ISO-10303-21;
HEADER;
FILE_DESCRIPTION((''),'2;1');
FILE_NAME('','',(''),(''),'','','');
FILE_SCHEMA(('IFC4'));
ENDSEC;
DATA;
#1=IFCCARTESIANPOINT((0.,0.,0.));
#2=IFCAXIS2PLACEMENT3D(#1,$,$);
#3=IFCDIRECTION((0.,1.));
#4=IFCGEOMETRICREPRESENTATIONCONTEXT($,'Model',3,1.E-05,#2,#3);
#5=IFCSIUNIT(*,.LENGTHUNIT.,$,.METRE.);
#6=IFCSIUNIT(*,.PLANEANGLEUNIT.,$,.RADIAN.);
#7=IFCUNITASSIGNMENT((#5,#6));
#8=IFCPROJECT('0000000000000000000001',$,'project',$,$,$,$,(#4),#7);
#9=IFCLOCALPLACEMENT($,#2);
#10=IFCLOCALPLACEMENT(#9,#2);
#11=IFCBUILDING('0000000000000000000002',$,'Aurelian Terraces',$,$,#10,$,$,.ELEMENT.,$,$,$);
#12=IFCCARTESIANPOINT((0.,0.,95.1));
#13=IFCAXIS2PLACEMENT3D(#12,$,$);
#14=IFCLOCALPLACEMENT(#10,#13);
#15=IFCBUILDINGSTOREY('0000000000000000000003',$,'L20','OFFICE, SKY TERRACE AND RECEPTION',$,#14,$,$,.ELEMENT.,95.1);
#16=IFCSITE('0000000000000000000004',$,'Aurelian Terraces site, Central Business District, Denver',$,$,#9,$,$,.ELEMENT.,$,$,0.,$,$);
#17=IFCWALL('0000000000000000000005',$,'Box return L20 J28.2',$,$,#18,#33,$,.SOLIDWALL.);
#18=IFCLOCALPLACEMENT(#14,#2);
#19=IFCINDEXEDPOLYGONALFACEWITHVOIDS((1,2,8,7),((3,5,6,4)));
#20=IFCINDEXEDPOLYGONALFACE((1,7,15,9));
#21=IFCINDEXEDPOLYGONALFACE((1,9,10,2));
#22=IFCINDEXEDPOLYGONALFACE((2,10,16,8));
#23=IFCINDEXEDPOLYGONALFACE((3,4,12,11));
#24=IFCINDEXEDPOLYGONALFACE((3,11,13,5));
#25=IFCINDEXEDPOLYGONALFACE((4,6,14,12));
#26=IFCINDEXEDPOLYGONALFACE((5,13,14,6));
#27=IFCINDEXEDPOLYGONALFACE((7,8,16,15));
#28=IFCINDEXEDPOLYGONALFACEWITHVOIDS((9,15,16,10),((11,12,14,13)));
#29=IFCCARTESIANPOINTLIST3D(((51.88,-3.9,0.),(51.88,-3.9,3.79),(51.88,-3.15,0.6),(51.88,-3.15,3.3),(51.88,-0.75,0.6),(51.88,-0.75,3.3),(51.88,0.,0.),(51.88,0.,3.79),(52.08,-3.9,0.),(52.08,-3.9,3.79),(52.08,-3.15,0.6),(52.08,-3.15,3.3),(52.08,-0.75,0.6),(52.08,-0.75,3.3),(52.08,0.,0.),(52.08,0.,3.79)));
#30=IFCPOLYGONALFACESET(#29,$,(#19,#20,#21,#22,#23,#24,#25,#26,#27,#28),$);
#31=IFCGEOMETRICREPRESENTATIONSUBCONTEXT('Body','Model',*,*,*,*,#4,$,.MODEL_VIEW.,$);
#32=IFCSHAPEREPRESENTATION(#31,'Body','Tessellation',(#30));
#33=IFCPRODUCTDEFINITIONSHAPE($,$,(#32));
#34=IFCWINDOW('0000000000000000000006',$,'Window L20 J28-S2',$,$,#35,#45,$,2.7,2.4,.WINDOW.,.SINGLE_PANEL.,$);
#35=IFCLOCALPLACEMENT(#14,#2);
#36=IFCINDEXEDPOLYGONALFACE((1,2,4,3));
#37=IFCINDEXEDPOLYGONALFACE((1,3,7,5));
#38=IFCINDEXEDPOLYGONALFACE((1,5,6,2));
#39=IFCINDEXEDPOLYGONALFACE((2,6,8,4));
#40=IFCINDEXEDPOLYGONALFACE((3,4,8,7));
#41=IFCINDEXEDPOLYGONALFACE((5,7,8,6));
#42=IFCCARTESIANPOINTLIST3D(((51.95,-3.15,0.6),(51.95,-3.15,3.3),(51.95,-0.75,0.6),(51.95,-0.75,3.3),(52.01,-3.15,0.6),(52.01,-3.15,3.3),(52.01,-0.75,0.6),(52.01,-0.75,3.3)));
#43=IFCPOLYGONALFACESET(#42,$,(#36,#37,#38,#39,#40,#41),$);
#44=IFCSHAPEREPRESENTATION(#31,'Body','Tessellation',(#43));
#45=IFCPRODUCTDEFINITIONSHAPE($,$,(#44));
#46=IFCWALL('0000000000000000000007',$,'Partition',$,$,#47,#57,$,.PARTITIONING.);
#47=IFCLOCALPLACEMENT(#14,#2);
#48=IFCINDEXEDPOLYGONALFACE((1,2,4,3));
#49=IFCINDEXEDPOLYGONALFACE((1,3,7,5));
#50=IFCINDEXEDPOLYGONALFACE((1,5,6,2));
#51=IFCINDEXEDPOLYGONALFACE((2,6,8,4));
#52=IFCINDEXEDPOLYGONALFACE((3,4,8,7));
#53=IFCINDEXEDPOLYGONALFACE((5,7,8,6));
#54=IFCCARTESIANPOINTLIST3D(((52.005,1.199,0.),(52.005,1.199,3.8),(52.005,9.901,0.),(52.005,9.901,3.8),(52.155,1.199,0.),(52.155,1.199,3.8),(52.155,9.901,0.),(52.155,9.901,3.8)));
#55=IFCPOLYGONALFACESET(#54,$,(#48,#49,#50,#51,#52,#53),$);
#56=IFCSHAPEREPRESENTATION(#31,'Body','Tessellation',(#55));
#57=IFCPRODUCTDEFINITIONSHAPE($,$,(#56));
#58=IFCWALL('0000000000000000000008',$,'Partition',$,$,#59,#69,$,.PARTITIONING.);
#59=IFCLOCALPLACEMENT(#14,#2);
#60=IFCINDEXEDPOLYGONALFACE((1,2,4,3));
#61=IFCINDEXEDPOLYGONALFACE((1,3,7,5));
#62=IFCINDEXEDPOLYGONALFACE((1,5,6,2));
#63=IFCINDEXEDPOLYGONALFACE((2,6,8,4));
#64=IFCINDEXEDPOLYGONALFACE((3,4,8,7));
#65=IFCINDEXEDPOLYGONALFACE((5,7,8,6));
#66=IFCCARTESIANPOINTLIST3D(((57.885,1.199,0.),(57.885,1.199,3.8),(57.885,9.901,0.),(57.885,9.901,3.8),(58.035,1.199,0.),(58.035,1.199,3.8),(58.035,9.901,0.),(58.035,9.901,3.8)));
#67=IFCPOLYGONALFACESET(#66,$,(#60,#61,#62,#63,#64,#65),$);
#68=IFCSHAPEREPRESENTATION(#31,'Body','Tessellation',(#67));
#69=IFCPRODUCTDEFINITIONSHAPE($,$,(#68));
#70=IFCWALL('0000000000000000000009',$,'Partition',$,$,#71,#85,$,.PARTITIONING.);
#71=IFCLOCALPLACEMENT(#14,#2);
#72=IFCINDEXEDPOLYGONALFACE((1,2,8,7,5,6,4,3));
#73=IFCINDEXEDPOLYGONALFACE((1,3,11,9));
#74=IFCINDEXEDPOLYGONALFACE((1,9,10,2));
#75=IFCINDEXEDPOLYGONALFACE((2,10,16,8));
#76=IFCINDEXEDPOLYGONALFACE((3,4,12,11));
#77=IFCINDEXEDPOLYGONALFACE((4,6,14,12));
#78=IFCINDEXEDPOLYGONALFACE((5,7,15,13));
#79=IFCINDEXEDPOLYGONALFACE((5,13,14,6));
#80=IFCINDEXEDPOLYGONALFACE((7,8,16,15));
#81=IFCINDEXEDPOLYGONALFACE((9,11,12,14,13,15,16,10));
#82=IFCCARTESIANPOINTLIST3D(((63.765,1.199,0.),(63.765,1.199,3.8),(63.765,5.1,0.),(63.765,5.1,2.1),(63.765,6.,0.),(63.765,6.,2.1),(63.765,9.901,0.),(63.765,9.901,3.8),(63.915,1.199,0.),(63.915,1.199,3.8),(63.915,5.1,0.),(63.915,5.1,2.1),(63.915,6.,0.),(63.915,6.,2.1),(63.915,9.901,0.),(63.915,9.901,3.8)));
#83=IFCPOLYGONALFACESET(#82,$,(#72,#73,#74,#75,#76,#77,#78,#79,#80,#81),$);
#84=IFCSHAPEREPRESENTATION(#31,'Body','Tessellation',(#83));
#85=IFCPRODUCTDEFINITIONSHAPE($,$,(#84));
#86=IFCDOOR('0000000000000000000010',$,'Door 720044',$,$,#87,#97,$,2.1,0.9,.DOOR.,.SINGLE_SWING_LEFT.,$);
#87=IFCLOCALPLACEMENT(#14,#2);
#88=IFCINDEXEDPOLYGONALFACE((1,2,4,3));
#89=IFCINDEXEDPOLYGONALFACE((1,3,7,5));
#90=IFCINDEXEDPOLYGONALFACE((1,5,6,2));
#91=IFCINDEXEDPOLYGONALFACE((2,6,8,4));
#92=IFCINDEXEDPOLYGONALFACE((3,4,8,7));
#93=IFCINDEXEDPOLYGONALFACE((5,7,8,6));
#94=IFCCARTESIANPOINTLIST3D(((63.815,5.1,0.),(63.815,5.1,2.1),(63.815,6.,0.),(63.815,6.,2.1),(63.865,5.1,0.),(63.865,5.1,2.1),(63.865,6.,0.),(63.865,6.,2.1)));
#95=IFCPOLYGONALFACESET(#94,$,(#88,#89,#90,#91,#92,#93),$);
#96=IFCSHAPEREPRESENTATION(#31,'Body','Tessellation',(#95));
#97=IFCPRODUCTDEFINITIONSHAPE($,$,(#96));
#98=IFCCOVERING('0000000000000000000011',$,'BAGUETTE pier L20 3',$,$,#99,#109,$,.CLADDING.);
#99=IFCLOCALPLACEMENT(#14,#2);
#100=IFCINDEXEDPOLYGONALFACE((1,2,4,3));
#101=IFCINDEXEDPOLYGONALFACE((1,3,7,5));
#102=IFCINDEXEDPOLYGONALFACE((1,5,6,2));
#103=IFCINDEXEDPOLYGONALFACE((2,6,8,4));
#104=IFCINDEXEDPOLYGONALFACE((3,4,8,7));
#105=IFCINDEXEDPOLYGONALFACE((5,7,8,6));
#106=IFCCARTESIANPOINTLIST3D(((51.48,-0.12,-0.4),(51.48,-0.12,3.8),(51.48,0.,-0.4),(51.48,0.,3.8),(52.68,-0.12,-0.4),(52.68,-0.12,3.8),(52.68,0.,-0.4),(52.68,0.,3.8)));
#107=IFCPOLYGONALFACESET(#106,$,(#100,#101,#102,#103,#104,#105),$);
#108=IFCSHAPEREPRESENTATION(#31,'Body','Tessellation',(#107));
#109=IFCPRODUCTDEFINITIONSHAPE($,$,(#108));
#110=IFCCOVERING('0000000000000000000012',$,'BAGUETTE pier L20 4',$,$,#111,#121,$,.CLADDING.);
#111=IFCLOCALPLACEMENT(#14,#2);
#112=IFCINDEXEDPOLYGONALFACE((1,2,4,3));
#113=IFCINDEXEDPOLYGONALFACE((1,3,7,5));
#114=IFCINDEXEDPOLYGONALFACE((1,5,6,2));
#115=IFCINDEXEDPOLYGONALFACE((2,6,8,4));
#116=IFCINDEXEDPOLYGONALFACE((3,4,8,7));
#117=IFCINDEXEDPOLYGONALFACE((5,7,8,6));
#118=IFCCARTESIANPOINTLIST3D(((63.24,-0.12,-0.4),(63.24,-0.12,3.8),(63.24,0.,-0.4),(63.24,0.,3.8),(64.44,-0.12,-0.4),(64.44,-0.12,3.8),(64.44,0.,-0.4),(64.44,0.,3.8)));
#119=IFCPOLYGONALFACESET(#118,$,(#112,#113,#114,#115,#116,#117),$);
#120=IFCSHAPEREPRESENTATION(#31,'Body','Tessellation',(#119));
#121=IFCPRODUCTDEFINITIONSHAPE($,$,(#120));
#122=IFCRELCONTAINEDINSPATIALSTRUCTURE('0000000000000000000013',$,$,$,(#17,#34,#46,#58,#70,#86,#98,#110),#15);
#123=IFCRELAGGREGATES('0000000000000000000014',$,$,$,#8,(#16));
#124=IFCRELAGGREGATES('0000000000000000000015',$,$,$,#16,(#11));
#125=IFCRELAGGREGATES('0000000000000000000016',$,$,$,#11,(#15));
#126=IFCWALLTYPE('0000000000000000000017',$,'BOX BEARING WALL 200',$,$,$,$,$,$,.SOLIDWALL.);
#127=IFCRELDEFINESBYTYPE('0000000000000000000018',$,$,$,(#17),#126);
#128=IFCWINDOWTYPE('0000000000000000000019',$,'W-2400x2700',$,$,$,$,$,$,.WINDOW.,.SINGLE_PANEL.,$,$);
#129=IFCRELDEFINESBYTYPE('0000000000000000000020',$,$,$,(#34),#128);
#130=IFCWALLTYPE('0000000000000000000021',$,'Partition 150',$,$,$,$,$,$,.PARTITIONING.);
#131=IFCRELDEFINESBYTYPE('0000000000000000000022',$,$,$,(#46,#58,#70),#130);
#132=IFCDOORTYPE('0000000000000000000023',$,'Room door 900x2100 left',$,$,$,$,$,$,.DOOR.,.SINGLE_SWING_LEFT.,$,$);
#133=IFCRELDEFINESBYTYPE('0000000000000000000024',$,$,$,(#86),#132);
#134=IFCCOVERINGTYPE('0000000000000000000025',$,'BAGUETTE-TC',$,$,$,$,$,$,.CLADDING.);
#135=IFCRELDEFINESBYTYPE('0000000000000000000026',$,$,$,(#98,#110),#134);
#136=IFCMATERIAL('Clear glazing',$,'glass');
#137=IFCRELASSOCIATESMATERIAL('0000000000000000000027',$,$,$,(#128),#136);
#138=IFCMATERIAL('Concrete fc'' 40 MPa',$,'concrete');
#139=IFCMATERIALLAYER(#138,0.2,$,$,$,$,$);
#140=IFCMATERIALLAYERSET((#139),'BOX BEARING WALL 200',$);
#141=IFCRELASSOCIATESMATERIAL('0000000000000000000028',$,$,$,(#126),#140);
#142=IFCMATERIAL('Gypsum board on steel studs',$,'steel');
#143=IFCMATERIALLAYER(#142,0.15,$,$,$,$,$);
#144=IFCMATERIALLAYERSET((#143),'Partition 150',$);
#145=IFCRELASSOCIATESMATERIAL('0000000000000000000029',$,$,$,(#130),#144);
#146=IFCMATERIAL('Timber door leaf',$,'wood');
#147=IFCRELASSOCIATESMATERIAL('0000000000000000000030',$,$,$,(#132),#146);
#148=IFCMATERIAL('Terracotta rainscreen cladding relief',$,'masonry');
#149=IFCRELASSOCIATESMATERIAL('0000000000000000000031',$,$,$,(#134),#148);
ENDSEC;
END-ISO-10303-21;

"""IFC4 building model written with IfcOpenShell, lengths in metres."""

from ifc_helpers import new_model, si_unit, direction, frame, frame_2d, origin, origin_2d, place, context, subcontext, project, spatial, rectangle, extrude, source, transform, mapped, material, layer, layer_set, type_object, element, fill, save


model = new_model("IFC4")

# Units and contexts
model_context = context("Model", 3, precision=1e-05, world=origin(), true_north=direction((0.0, 1.0)))
body_context = subcontext(model_context, "Body", "Model", "MODEL_VIEW")
ifc_project = project(units=[si_unit("LENGTHUNIT", "METRE"), si_unit("PLANEANGLEUNIT", "RADIAN")], contexts=[model_context])

# Site, building, storey
site_placement = place(None, origin())
site = spatial("IfcSite", under=ifc_project, at=site_placement, Name="Aurelian Terraces site, Central Business District, Denver", CompositionType="ELEMENT", RefElevation=0.0)
building_placement = place(site_placement, origin())
building = spatial("IfcBuilding", under=site, at=building_placement, Name="Aurelian Terraces", CompositionType="ELEMENT")
storey_placement = place(building_placement, frame((0.0, 0.0, 95.1)))
storey = spatial("IfcBuildingStorey", under=building, at=storey_placement, Name="L20", Description="OFFICE, SKY TERRACE AND RECEPTION", CompositionType="ELEMENT", Elevation=95.1)

# Shared definitions
ifc_material_1 = material(Name="Clear glazing", Category="glass")

# Shared definitions
window_type_1 = type_object("IfcWindowType", Name="W-2400x2700", PartitioningType="SINGLE_PANEL", PredefinedType="WINDOW", material=ifc_material_1)
shared_shape_1 = source(origin(), body_context, "Body", "SweptSolid", [
    extrude(rectangle(XDim=2.4, YDim=2.7, at=frame_2d((1.2, 1.35))), frame((0.0, 0.03, 0.0), z_axis=(0.0, -1.0, 0.0), x_axis=(1.0, 0.0, 0.0)), (0.0, 0.0, 1.0), 0.06),
])

# Wall, opening, window
ifc_material_2 = material(Name="Concrete fc' 40 MPa", Category="concrete")
ifc_layer_1 = layer(ifc_material_2, 0.2)
ifc_layer_set_1 = layer_set([ifc_layer_1], Name="BOX BEARING WALL 200")
wall_type_1 = type_object("IfcWallType", Name="BOX BEARING WALL 200", PredefinedType="SOLIDWALL", material=ifc_layer_set_1)
shared_shape_2 = source(origin(), body_context, "Body", "SweptSolid", [
    extrude(rectangle(XDim=3.9, YDim=0.2, at=frame_2d((1.95, 0.0))), origin(), (0.0, 0.0, 1.0), 3.79),
])
wall_1_placement = place(storey_placement, frame((51.98, 0.0, 0.0), z_axis=(0.0, 0.0, 1.0), x_axis=(0.0, -1.0, 0.0)))
wall_1 = element("IfcWall", 1, at=wall_1_placement, inside=storey, type_object=wall_type_1, Name="Box return L20 J28.2", PredefinedType="SOLIDWALL", context=body_context, shape_type="MappedRepresentation", body=[
    mapped(shared_shape_2, transform((0.0, 0.0, 0.0), scale=1.0)),
])
shared_shape_3 = source(origin(), body_context, "Body", "SweptSolid", [
    extrude(rectangle(XDim=2.4, YDim=2.7, at=frame_2d((1.2, 1.35))), frame((0.0, 0.11, 0.0), z_axis=(0.0, -1.0, 0.0), x_axis=(1.0, 0.0, 0.0)), (0.0, 0.0, 1.0), 0.22),
])
opening_1_placement = place(wall_1_placement, frame((0.75, 0.0, 0.6)))
opening_1 = element("IfcOpeningElement", 2, at=opening_1_placement, cuts=wall_1, PredefinedType="OPENING", context=body_context, shape_type="MappedRepresentation", body=[
    mapped(shared_shape_3, transform((0.0, 0.0, 0.0), scale=1.0)),
])
window_1_placement = place(opening_1_placement, origin())
window_1 = element("IfcWindow", 3, at=window_1_placement, inside=storey, type_object=window_type_1, Name="Window L20 J28-S2", OverallHeight=2.7, OverallWidth=2.4, PartitioningType="SINGLE_PANEL", PredefinedType="WINDOW", context=body_context, shape_type="MappedRepresentation", body=[
    mapped(shared_shape_1, transform((0.0, 0.0, 0.0), scale=1.0)),
])
fill(opening_1, window_1)

# Walls
ifc_material_3 = material(Name="Gypsum board on steel studs", Category="steel")
ifc_layer_2 = layer(ifc_material_3, 0.15)
ifc_layer_set_2 = layer_set([ifc_layer_2], Name="Partition 150")
wall_type_2 = type_object("IfcWallType", Name="Partition 150", PredefinedType="PARTITIONING", material=ifc_layer_set_2)
shared_shape_4 = source(origin(), body_context, "Body", "SweptSolid", [
    extrude(rectangle(XDim=8.702, YDim=0.15, at=frame_2d((4.351, 0.0))), origin(), (0.0, 0.0, 1.0), 3.8),
])
for number, where, z_axis, x_axis, name in (
    (4, (52.08, 1.199, 0.0), (0.0, 0.0, 1.0), (0.0, 1.0, 0.0), "Partition"),
    (5, (57.96, 1.199, 0.0), (0.0, 0.0, 1.0), (0.0, 1.0, 0.0), "Partition"),
):
    element("IfcWall", number, at=place(storey_placement, frame(where, z_axis=z_axis, x_axis=x_axis)), inside=storey, type_object=wall_type_2, Name=name, PredefinedType="PARTITIONING", context=body_context, shape_type="MappedRepresentation", body=[
        mapped(shared_shape_4, transform((0.0, 0.0, 0.0), scale=1.0)),
    ])

# Wall, opening, door
wall_2_placement = place(storey_placement, frame((63.84, 1.199, 0.0), z_axis=(0.0, 0.0, 1.0), x_axis=(0.0, 1.0, 0.0)))
wall_2 = element("IfcWall", 6, at=wall_2_placement, inside=storey, type_object=wall_type_2, Name="Partition", PredefinedType="PARTITIONING", context=body_context, shape_type="MappedRepresentation", body=[
    mapped(shared_shape_4, transform((0.0, 0.0, 0.0), scale=1.0)),
])
shared_shape_5 = source(origin(), body_context, "Body", "SweptSolid", [
    extrude(rectangle(XDim=0.9, YDim=2.1, at=frame_2d((0.45, 1.05))), frame((0.0, 0.085, 0.0), z_axis=(0.0, -1.0, 0.0), x_axis=(1.0, 0.0, 0.0)), (0.0, 0.0, 1.0), 0.17),
])
opening_2_placement = place(wall_2_placement, frame((3.901, 0.0, 0.0)))
opening_2 = element("IfcOpeningElement", 7, at=opening_2_placement, cuts=wall_2, PredefinedType="OPENING", context=body_context, shape_type="MappedRepresentation", body=[
    mapped(shared_shape_5, transform((0.0, 0.0, 0.0), scale=1.0)),
])
ifc_material_4 = material(Name="Timber door leaf", Category="wood")
door_type = type_object("IfcDoorType", Name="Room door 900x2100 left", OperationType="SINGLE_SWING_LEFT", PredefinedType="DOOR", material=ifc_material_4)
shared_shape_6 = source(origin(), body_context, "Body", "SweptSolid", [
    extrude(rectangle(XDim=0.9, YDim=2.1, at=frame_2d((0.45, 1.05))), frame((0.0, 0.025, 0.0), z_axis=(0.0, -1.0, 0.0), x_axis=(1.0, 0.0, 0.0)), (0.0, 0.0, 1.0), 0.05),
])
door_placement = place(opening_2_placement, origin())
door = element("IfcDoor", 8, at=door_placement, inside=storey, type_object=door_type, Name="Door 720044", OperationType="SINGLE_SWING_LEFT", OverallHeight=2.1, OverallWidth=0.9, PredefinedType="DOOR", context=body_context, shape_type="MappedRepresentation", body=[
    mapped(shared_shape_6, transform((0.0, 0.0, 0.0), scale=1.0)),
])
fill(opening_2, door)

# Coverings
ifc_material_5 = material(Name="Terracotta rainscreen cladding relief", Category="masonry")
covering_type = type_object("IfcCoveringType", Name="BAGUETTE-TC", PredefinedType="CLADDING", material=ifc_material_5)
shared_shape_7 = source(origin(), body_context, "Body", "SweptSolid", [
    extrude(rectangle(XDim=1.2, YDim=0.12, at=origin_2d()), origin(), (0.0, 0.0, 1.0), 4.2),
])
for number, where, z_axis, x_axis, name in (
    (9, (52.08, -0.06, -0.4), (0.0, 0.0, 1.0), (1.0, 0.0, 0.0), "BAGUETTE pier L20 3"),
    (10, (63.84, -0.06, -0.4), (0.0, 0.0, 1.0), (1.0, 0.0, 0.0), "BAGUETTE pier L20 4"),
):
    element("IfcCovering", number, at=place(storey_placement, frame(where, z_axis=z_axis, x_axis=x_axis)), inside=storey, type_object=covering_type, Name=name, PredefinedType="CLADDING", context=body_context, shape_type="MappedRepresentation", body=[
        mapped(shared_shape_7, transform((0.0, 0.0, 0.0), scale=1.0)),
    ])

save(model, "model.ifc")
